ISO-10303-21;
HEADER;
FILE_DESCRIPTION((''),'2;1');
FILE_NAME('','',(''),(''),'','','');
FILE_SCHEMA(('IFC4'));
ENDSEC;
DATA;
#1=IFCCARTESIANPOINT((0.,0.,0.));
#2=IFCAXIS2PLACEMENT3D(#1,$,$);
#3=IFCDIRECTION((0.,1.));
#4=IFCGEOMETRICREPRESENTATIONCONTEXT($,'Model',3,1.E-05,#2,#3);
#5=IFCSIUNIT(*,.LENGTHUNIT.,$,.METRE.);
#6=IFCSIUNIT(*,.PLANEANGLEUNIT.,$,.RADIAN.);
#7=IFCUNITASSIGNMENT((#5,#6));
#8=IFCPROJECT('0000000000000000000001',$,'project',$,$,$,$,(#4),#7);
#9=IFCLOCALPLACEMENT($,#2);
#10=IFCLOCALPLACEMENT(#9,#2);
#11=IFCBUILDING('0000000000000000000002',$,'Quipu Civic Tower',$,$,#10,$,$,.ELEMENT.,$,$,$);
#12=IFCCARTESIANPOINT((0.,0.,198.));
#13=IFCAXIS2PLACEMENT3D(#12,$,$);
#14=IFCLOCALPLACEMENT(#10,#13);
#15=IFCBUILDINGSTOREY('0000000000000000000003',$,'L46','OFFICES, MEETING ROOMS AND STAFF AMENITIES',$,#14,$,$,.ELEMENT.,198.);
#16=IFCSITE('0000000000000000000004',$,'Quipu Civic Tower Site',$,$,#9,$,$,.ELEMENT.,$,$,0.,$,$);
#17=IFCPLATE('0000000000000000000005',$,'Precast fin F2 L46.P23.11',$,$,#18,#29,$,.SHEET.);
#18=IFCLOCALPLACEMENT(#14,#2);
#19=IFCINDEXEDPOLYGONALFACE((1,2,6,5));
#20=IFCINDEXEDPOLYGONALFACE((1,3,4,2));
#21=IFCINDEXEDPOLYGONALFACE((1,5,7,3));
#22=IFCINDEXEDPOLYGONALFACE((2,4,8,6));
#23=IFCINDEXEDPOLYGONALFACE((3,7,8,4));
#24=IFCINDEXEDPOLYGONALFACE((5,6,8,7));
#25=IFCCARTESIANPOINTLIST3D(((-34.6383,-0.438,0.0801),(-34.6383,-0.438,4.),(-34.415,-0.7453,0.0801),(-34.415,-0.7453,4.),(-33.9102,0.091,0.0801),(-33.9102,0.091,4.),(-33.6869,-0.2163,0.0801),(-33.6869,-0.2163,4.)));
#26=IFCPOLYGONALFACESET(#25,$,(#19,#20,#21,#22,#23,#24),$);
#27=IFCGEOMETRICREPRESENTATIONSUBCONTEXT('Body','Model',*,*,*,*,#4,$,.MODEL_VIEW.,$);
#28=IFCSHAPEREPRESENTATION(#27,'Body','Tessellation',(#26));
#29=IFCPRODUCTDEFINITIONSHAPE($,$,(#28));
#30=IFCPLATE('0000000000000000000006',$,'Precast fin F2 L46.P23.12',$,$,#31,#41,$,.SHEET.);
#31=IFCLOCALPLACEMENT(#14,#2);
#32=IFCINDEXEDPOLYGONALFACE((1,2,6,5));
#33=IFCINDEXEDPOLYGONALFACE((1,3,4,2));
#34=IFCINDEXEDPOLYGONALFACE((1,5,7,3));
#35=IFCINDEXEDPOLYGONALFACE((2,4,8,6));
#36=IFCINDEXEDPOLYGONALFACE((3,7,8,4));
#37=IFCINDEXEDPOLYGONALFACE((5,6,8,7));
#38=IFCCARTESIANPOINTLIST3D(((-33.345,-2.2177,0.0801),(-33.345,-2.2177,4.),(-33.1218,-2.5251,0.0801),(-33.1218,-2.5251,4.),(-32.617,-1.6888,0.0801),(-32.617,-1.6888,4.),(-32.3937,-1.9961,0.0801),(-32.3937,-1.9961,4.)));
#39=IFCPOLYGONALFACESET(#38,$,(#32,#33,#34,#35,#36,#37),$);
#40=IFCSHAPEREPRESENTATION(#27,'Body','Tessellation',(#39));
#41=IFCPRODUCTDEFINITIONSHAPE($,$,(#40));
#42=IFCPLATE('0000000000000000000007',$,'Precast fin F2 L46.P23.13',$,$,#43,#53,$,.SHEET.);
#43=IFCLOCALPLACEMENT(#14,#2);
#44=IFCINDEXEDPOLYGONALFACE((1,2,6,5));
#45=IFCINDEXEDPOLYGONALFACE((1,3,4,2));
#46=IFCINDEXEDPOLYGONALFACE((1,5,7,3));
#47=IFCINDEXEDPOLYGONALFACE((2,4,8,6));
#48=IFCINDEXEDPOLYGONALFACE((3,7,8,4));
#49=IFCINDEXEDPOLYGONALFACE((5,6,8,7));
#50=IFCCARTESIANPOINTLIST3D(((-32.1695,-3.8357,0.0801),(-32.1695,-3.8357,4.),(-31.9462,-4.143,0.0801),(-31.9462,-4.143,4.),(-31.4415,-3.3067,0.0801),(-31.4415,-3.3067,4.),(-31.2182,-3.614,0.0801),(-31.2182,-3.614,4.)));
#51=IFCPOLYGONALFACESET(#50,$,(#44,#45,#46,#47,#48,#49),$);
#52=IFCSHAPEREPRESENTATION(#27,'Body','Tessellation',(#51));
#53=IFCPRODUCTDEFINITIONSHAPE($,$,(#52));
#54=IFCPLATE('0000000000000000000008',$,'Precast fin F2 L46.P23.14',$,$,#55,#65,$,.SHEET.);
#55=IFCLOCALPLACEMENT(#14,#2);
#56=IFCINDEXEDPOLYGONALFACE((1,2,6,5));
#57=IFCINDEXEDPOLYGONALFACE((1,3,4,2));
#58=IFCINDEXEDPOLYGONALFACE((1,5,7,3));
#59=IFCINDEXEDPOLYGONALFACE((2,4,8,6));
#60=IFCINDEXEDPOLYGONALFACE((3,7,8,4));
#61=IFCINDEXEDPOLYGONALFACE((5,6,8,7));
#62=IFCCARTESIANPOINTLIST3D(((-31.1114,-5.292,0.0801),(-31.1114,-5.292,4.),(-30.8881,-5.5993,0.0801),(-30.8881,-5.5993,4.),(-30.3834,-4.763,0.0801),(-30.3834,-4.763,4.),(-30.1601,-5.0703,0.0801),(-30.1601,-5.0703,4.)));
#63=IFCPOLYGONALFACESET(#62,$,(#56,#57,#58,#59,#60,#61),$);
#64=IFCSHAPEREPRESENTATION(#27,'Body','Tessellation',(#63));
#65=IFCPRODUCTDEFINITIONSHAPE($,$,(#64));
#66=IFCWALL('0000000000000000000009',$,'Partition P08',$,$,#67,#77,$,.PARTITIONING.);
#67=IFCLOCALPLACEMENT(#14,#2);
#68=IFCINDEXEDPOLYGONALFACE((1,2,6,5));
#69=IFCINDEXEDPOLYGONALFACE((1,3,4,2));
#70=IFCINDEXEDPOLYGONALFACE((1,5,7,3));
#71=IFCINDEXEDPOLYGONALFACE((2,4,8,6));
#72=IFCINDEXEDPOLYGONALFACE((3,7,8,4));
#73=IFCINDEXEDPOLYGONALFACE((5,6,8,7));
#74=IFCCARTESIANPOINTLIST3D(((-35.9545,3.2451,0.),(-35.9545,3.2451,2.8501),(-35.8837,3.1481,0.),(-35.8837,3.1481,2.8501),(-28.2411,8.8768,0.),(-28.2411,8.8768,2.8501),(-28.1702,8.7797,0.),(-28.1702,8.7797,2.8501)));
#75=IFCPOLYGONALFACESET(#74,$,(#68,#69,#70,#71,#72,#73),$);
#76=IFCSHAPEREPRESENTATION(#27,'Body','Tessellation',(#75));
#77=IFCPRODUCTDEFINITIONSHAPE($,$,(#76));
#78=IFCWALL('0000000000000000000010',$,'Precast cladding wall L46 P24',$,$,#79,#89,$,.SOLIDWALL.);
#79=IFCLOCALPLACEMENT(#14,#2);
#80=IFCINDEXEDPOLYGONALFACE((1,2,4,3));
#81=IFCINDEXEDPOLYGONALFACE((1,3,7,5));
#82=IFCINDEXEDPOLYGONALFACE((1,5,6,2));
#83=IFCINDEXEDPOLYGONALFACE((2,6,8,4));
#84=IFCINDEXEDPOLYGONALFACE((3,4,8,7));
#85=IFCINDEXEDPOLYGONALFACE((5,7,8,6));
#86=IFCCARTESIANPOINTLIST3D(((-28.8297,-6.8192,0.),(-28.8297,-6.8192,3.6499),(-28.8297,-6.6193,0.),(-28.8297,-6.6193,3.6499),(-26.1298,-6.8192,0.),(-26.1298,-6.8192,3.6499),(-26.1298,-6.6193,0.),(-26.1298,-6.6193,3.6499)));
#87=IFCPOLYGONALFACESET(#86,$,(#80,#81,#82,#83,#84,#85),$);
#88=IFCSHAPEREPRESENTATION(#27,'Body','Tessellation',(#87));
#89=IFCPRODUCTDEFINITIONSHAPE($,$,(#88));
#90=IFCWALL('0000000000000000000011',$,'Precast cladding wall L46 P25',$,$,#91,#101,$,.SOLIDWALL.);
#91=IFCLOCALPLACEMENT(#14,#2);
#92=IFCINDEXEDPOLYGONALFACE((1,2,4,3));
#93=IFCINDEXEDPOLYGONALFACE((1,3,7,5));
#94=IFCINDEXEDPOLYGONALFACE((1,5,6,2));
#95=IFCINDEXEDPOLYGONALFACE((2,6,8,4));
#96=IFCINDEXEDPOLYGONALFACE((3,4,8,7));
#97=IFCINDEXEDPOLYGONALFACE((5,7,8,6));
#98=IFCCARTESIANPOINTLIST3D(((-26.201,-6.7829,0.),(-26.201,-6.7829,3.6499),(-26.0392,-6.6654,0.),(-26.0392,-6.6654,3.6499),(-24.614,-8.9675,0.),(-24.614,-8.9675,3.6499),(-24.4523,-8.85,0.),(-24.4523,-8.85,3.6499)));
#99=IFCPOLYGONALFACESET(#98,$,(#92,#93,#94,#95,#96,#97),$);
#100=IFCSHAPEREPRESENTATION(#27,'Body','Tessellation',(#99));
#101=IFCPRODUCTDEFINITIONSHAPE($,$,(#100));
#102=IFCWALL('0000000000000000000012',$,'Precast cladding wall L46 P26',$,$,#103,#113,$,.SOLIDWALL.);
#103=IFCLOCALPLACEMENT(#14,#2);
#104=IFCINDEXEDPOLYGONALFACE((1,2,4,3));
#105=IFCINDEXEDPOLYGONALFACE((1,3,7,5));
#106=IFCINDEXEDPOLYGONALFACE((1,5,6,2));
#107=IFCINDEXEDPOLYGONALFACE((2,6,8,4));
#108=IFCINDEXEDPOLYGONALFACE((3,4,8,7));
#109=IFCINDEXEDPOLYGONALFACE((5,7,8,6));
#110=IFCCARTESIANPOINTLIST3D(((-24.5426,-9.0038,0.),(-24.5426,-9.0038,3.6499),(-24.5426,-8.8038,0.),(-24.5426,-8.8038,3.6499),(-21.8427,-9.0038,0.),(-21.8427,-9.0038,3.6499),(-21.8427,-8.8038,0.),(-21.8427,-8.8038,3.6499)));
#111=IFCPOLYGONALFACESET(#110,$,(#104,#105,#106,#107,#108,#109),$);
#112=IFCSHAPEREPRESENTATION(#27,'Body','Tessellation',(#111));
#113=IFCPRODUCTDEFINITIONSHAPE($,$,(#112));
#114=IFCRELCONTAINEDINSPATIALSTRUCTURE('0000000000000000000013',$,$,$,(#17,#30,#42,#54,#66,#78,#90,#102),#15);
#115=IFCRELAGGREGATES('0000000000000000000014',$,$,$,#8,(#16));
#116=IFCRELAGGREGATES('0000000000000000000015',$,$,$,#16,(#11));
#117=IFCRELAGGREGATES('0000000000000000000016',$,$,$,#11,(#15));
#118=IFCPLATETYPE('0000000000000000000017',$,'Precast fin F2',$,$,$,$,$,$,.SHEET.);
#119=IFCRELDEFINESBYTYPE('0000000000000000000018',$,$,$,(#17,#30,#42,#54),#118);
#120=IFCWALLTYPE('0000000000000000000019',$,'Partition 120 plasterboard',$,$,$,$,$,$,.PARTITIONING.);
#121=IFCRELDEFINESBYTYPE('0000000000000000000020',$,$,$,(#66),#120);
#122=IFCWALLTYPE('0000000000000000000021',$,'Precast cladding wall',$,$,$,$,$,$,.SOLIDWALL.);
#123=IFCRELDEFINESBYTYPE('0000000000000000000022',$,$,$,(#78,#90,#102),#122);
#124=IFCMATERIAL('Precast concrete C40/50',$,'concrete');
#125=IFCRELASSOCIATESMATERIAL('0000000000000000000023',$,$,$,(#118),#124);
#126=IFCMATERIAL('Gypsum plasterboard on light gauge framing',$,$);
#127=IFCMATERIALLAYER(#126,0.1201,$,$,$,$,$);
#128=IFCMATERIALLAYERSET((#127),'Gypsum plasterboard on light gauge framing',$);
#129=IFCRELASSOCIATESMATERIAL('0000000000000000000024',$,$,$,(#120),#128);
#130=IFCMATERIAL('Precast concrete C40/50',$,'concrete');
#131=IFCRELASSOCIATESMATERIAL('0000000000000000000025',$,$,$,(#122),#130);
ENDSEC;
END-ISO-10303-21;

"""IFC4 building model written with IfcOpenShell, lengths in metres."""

from ifc_helpers import new_model, si_unit, direction, frame, frame_2d, origin, origin_2d, place, context, subcontext, project, spatial, rectangle, extrude, material, layer, layer_set, type_object, element, save


model = new_model("IFC4")

# Units and contexts
model_context = context("Model", 3, precision=1e-05, world=origin(), true_north=direction((0.0, 1.0)))
body_context = subcontext(model_context, "Body", "Model", "MODEL_VIEW")
ifc_project = project(units=[si_unit("LENGTHUNIT", "METRE"), si_unit("PLANEANGLEUNIT", "RADIAN")], contexts=[model_context])

# Site, building, storey
site_placement = place(None, origin())
site = spatial("IfcSite", under=ifc_project, at=site_placement, Name="Quipu Civic Tower Site", CompositionType="ELEMENT", RefElevation=0.0)
building_placement = place(site_placement, origin())
building = spatial("IfcBuilding", under=site, at=building_placement, Name="Quipu Civic Tower", CompositionType="ELEMENT")
storey_placement = place(building_placement, frame((0.0, 0.0, 198.0)))
storey = spatial("IfcBuildingStorey", under=building, at=storey_placement, Name="L46", Description="OFFICES, MEETING ROOMS AND STAFF AMENITIES", CompositionType="ELEMENT", Elevation=198.0)

# Plates
ifc_material_1 = material(Name="Precast concrete C40/50", Category="concrete")
plate_type_1 = type_object("IfcPlateType", Name="Precast fin F2", PredefinedType="SHEET", material=ifc_material_1)
for number, where, z_axis, x_axis, name in (
    (1, (-34.1626, -0.3271, 0.0801), (0.0, 0.0, 1.0), (0.587786, -0.809017, 0.0), "Precast fin F2 L46.P23.11"),
    (2, (-32.8694, -2.1069, 0.0801), (0.0, 0.0, 1.0), (0.587786, -0.809017, 0.0), "Precast fin F2 L46.P23.12"),
    (3, (-31.6938, -3.7249, 0.0801), (0.0, 0.0, 1.0), (0.587786, -0.809017, 0.0), "Precast fin F2 L46.P23.13"),
    (4, (-30.6357, -5.1812, 0.0801), (0.0, 0.0, 1.0), (0.587786, -0.809017, 0.0), "Precast fin F2 L46.P23.14"),
):
    element("IfcPlate", number, at=place(storey_placement, frame(where, z_axis=z_axis, x_axis=x_axis)), inside=storey, type_object=plate_type_1, Name=name, PredefinedType="SHEET", context=body_context, shape_type="SweptSolid", body=[
        extrude(rectangle(XDim=0.3799, YDim=0.8999, at=origin_2d()), origin(), (0.0, 0.0, 1.0), 3.9199),
    ])

# Walls
ifc_material_2 = material(Name="Gypsum plasterboard on light gauge framing")
ifc_layer_1 = layer(ifc_material_2, 0.1201)
ifc_layer_set_1 = layer_set([ifc_layer_1], Name="Gypsum plasterboard on light gauge framing")
wall_type_1 = type_object("IfcWallType", Name="Partition 120 plasterboard", PredefinedType="PARTITIONING", material=ifc_layer_set_1)
wall_1_placement = place(storey_placement, frame((-35.9192, 3.1965, 0.0), z_axis=(0.0, 0.0, 1.0), x_axis=(0.807646, 0.589668, 0.0)))
element("IfcWall", 5, at=wall_1_placement, inside=storey, type_object=wall_type_1, Name="Partition P08", PredefinedType="PARTITIONING", context=body_context, shape_type="SweptSolid", body=[
    extrude(rectangle(XDim=9.5505, YDim=0.1201, at=frame_2d((4.7754, 0.0))), origin(), (0.0, 0.0, 1.0), 2.8501),
])
ifc_material_3 = material(Name="Precast concrete C40/50", Category="concrete")
wall_type_2 = type_object("IfcWallType", Name="Precast cladding wall", PredefinedType="SOLIDWALL", material=ifc_material_3)
wall_2_placement = place(storey_placement, frame((-28.8298, -6.7192, 0.0), z_axis=(0.0, 0.0, 1.0), x_axis=(1.0, 0.0, 0.0)))
element("IfcWall", 6, at=wall_2_placement, inside=storey, type_object=wall_type_2, Name="Precast cladding wall L46 P24", PredefinedType="SOLIDWALL", context=body_context, shape_type="SweptSolid", body=[
    extrude(rectangle(XDim=2.7, YDim=0.2, at=frame_2d((1.3501, 0.0))), origin(), (0.0, 0.0, 1.0), 3.6499),
])
wall_3_placement = place(storey_placement, frame((-26.1201, -6.7241, 0.0), z_axis=(0.0, 0.0, 1.0), x_axis=(0.58772, -0.809064, 0.0)))
element("IfcWall", 7, at=wall_3_placement, inside=storey, type_object=wall_type_2, Name="Precast cladding wall L46 P25", PredefinedType="SOLIDWALL", context=body_context, shape_type="SweptSolid", body=[
    extrude(rectangle(XDim=2.7002, YDim=0.2, at=frame_2d((1.3501, 0.0))), origin(), (0.0, 0.0, 1.0), 3.6499),
])
wall_4_placement = place(storey_placement, frame((-24.5427, -8.9038, 0.0), z_axis=(0.0, 0.0, 1.0), x_axis=(1.0, 0.0, 0.0)))
element("IfcWall", 8, at=wall_4_placement, inside=storey, type_object=wall_type_2, Name="Precast cladding wall L46 P26", PredefinedType="SOLIDWALL", context=body_context, shape_type="SweptSolid", body=[
    extrude(rectangle(XDim=2.7, YDim=0.2, at=frame_2d((1.3501, 0.0))), origin(), (0.0, 0.0, 1.0), 3.6499),
])

save(model, "model.ifc")
